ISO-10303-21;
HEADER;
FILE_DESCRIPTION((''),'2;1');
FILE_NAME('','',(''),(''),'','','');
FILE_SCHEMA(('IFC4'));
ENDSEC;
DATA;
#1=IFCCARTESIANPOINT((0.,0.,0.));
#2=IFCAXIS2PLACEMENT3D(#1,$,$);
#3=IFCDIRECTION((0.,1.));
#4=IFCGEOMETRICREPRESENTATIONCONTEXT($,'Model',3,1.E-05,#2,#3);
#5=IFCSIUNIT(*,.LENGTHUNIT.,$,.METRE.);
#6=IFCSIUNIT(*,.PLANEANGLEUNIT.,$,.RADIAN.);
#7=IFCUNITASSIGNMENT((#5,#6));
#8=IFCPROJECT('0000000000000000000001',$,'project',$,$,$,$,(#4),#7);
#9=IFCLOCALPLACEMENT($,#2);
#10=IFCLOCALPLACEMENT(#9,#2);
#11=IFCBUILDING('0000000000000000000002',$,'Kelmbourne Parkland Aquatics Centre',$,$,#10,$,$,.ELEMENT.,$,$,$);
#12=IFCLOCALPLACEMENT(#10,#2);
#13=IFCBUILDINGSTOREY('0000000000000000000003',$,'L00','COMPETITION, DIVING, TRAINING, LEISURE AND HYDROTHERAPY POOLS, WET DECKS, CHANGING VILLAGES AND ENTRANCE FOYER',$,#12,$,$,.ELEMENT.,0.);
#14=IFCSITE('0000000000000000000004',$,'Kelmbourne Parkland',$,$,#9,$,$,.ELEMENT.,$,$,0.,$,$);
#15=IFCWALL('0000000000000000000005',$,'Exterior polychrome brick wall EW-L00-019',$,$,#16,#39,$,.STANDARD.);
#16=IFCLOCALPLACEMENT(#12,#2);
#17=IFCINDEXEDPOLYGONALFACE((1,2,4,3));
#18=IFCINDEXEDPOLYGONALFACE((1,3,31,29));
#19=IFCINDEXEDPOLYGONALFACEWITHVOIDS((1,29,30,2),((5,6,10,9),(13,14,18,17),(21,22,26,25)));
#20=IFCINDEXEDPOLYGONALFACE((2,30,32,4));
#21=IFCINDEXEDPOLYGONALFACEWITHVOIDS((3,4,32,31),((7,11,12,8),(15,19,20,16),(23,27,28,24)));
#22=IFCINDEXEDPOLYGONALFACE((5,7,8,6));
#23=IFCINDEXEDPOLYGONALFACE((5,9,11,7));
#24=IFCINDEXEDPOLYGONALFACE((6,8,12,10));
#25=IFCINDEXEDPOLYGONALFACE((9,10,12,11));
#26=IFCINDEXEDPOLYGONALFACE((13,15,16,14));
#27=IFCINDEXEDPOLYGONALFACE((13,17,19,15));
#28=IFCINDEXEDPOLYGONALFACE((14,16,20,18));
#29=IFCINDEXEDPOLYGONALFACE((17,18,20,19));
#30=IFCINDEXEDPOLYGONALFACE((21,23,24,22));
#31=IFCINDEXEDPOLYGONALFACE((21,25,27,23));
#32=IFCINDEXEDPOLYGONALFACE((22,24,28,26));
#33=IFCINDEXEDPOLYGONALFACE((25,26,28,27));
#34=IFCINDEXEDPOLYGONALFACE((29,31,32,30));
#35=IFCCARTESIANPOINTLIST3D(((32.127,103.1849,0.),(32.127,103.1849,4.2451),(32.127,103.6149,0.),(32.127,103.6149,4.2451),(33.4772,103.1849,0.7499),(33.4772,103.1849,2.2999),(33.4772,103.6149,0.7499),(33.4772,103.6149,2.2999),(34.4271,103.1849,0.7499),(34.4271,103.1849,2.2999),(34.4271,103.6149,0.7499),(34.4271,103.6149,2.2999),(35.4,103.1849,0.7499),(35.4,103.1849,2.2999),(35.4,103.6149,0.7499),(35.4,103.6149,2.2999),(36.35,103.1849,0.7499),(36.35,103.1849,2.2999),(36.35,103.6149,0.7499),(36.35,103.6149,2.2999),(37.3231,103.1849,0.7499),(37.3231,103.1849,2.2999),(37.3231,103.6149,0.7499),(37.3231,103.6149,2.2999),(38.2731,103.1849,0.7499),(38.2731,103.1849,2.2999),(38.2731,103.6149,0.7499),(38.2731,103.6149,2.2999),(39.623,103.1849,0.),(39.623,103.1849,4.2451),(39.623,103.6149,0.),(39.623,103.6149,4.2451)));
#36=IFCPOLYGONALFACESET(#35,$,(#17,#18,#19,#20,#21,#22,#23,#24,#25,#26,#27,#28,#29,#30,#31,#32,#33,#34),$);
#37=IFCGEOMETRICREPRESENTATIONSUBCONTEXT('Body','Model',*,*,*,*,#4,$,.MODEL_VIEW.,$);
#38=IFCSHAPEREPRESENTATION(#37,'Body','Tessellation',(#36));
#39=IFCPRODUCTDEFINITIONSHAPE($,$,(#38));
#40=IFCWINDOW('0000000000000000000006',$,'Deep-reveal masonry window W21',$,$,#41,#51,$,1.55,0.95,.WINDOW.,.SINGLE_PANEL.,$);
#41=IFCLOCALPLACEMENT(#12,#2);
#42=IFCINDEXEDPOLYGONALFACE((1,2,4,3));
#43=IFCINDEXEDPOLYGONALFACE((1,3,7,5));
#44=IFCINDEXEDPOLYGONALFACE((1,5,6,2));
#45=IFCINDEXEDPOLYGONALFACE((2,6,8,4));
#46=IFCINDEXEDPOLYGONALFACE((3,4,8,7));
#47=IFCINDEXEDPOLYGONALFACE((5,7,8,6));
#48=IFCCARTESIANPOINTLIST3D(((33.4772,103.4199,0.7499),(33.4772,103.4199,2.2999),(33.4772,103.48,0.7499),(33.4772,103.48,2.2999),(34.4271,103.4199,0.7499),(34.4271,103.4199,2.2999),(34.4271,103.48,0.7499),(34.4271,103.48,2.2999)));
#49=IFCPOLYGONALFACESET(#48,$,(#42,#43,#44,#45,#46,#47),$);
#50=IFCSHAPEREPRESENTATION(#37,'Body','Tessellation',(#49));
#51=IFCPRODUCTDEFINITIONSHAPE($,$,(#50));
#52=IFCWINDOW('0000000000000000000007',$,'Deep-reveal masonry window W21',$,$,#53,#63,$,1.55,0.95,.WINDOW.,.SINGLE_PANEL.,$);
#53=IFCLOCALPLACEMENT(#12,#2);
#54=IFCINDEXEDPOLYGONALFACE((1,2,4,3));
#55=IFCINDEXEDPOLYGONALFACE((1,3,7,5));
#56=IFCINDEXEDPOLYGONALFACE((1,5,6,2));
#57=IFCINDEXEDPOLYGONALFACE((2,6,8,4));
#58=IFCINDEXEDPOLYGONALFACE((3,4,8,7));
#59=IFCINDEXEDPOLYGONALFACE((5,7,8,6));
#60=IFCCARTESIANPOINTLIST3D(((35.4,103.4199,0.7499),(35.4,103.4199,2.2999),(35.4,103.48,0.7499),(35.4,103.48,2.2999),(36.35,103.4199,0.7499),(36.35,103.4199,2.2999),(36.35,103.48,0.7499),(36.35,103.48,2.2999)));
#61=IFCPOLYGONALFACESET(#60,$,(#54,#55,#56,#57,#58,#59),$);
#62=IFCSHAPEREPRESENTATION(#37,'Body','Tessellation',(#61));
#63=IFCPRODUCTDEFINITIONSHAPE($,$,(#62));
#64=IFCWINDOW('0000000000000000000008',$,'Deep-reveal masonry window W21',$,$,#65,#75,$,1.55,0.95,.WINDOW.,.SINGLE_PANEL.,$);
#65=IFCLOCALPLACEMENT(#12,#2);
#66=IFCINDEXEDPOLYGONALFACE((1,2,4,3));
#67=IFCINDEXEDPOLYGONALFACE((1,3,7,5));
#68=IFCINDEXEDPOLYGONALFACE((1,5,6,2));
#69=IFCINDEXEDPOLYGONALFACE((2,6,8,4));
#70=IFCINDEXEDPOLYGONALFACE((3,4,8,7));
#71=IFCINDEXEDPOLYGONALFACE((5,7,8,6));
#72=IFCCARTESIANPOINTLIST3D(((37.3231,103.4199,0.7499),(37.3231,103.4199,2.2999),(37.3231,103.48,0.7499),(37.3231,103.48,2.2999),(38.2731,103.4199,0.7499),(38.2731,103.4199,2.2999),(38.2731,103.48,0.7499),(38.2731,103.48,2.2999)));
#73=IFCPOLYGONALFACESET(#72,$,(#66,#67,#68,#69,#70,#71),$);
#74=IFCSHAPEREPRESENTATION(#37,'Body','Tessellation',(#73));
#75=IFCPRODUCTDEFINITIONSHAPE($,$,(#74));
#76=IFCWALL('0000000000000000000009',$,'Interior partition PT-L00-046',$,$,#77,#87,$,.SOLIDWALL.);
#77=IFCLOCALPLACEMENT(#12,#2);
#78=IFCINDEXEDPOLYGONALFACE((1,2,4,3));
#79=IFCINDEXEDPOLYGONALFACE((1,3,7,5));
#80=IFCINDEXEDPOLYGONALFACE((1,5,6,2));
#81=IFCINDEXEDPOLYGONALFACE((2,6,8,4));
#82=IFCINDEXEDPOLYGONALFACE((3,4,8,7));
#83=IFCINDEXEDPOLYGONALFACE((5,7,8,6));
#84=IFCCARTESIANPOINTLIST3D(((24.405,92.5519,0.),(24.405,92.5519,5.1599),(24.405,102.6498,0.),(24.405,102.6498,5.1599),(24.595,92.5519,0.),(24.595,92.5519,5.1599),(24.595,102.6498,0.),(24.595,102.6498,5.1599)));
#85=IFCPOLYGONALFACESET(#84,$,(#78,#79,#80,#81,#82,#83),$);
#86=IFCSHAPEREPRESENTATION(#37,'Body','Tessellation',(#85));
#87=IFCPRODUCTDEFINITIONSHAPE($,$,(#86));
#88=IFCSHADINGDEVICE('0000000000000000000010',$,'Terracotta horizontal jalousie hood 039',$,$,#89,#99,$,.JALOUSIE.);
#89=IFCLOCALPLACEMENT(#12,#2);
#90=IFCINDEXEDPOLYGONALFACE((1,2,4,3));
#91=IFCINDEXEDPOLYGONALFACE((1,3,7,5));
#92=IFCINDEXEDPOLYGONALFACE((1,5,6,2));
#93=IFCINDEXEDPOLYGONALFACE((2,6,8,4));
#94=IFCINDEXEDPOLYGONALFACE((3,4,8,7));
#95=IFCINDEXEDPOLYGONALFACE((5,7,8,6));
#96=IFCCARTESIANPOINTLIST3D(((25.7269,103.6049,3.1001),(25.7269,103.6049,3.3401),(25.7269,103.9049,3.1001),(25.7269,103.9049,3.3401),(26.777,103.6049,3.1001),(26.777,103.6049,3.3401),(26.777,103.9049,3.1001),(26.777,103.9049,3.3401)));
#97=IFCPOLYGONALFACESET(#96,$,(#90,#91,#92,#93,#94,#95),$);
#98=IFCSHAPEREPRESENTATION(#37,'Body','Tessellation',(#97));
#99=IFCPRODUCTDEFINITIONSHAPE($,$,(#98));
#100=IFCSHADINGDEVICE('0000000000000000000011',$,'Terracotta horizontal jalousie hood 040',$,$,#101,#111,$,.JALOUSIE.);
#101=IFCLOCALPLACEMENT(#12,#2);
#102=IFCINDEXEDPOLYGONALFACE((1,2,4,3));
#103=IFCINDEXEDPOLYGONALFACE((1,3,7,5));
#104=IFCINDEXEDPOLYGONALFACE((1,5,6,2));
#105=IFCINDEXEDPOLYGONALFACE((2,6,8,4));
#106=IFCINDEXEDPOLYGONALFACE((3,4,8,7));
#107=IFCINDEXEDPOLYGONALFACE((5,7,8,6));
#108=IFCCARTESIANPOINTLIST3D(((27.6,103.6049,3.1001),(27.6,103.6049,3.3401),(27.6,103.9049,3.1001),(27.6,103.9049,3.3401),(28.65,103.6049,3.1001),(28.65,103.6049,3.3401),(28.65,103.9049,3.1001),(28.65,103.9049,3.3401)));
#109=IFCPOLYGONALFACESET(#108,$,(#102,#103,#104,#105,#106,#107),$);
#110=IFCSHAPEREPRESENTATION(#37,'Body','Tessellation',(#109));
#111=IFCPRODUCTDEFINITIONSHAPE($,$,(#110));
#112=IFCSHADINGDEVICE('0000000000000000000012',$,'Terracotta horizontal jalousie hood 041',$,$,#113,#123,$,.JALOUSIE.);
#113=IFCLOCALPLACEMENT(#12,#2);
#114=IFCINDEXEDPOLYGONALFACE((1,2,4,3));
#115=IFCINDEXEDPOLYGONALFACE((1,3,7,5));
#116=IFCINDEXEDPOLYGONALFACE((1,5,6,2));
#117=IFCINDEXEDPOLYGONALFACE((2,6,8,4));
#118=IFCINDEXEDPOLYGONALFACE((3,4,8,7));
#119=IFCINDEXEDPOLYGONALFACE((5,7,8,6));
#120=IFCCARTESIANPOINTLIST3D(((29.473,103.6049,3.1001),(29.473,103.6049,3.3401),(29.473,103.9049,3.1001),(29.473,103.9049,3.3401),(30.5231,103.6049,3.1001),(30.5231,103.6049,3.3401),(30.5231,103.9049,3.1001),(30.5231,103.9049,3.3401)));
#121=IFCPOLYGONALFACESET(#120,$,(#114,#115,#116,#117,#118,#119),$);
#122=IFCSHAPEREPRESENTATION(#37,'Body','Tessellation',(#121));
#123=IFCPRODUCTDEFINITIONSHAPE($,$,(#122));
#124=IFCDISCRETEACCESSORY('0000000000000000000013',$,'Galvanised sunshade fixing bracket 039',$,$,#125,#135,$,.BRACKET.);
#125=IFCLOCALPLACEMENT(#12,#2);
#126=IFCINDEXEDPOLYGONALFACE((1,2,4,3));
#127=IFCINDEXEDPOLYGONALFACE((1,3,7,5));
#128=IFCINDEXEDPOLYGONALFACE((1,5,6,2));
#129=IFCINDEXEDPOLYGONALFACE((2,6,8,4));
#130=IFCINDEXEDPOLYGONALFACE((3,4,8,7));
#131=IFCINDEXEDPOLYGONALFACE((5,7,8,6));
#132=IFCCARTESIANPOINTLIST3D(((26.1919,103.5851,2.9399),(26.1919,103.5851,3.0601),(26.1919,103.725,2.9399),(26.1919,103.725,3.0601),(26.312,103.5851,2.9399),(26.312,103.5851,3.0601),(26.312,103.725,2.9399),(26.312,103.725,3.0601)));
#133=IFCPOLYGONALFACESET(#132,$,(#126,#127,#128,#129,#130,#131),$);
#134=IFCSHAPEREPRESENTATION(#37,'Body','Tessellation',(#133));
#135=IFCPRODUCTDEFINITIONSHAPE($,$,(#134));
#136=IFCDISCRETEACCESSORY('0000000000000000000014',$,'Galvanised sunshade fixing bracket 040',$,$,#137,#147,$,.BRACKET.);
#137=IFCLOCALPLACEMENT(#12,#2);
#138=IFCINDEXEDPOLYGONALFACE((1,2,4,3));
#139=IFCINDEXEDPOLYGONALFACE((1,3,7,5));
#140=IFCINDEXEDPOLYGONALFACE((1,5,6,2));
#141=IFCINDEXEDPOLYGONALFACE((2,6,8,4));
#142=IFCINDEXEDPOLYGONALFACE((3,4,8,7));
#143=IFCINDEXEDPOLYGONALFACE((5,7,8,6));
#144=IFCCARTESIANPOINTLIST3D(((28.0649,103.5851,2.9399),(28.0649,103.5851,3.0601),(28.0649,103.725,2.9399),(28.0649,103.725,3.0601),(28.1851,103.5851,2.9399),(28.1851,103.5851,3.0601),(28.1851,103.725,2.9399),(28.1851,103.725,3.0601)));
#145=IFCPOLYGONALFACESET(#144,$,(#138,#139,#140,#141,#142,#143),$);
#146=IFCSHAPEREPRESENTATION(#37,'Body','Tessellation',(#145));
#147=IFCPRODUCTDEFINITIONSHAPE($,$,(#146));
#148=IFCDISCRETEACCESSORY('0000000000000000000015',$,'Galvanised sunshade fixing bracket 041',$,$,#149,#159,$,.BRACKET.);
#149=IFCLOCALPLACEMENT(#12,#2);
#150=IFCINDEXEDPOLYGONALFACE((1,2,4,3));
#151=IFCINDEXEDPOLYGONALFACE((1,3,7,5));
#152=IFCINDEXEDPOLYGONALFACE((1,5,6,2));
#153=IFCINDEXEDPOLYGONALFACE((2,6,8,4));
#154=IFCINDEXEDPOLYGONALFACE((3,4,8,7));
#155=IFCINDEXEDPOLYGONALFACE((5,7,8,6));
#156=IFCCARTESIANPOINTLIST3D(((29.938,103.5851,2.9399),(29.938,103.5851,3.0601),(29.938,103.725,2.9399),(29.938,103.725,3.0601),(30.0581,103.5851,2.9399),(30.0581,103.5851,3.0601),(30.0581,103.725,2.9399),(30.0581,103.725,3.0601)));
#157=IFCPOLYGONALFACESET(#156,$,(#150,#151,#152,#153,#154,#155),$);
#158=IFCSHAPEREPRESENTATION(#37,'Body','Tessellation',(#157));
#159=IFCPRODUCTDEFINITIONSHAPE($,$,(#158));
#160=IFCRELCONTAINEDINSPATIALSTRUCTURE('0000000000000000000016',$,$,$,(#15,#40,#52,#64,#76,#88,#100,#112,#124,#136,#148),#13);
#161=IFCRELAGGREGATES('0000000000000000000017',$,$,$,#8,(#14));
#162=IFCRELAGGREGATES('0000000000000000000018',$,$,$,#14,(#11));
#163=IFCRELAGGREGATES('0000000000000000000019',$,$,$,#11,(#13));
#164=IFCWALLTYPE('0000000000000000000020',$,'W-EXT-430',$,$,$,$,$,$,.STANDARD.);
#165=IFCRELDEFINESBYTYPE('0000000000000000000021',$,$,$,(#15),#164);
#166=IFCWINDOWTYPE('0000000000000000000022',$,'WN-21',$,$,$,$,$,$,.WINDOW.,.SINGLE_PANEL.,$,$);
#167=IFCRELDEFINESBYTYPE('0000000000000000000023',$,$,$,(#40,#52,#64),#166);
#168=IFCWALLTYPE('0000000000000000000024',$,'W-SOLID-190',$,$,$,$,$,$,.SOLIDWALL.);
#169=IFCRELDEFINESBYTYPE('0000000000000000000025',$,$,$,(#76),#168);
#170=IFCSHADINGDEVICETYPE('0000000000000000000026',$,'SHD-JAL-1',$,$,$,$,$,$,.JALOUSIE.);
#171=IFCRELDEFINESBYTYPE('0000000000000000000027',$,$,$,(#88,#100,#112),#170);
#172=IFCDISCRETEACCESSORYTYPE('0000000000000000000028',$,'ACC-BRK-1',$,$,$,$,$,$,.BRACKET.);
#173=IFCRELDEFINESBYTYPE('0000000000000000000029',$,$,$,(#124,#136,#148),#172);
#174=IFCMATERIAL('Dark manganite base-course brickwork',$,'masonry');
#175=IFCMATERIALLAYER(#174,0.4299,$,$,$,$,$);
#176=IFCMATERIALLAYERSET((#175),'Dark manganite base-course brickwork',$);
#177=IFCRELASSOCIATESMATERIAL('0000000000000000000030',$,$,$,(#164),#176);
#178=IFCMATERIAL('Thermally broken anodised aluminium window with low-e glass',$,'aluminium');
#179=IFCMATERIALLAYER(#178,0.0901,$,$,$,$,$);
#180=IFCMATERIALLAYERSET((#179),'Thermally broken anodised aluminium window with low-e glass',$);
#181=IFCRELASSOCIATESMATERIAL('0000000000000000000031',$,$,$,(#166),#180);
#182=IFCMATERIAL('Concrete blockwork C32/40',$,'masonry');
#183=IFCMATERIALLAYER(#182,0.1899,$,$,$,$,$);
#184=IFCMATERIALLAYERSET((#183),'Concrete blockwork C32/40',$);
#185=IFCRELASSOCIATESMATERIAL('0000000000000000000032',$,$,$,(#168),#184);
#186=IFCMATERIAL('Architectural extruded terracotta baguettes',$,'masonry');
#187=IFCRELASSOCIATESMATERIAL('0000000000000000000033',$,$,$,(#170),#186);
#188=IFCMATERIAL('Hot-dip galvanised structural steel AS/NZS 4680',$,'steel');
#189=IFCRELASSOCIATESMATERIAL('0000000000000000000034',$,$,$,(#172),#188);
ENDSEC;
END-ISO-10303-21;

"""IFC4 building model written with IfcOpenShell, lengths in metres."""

from ifc_helpers import new_model, si_unit, direction, frame, frame_2d, origin, origin_2d, place, context, subcontext, project, spatial, rectangle, extrude, material, layer, layer_set, type_object, element, fill, save


model = new_model("IFC4")

# Units and contexts
model_context = context("Model", 3, precision=1e-05, world=origin(), true_north=direction((0.0, 1.0)))
body_context = subcontext(model_context, "Body", "Model", "MODEL_VIEW")
ifc_project = project(units=[si_unit("LENGTHUNIT", "METRE"), si_unit("PLANEANGLEUNIT", "RADIAN")], contexts=[model_context])

# Site, building, storey
site_placement = place(None, origin())
site = spatial("IfcSite", under=ifc_project, at=site_placement, Name="Kelmbourne Parkland", CompositionType="ELEMENT", RefElevation=0.0)
building_placement = place(site_placement, origin())
building = spatial("IfcBuilding", under=site, at=building_placement, Name="Kelmbourne Parkland Aquatics Centre", CompositionType="ELEMENT")
storey_placement = place(building_placement, origin())
storey = spatial("IfcBuildingStorey", under=building, at=storey_placement, Name="L00", Description="COMPETITION, DIVING, TRAINING, LEISURE AND HYDROTHERAPY POOLS, WET DECKS, CHANGING VILLAGES AND ENTRANCE FOYER", CompositionType="ELEMENT", Elevation=0.0)

# Wall, openings, windows
ifc_material_1 = material(Name="Dark manganite base-course brickwork", Category="masonry")
ifc_layer_1 = layer(ifc_material_1, 0.4299)
ifc_layer_set_1 = layer_set([ifc_layer_1], Name="Dark manganite base-course brickwork")
wall_type_1 = type_object("IfcWallType", Name="W-EXT-430", PredefinedType="STANDARD", material=ifc_layer_set_1)
wall_1_placement = place(storey_placement, frame((32.127, 103.3999, 0.0), z_axis=(0.0, 0.0, 1.0), x_axis=(1.0, 0.0, 0.0)))
wall_1 = element("IfcWall", 1, at=wall_1_placement, inside=storey, type_object=wall_type_1, Name="Exterior polychrome brick wall EW-L00-019", PredefinedType="STANDARD", context=body_context, shape_type="SweptSolid", body=[
    extrude(rectangle(XDim=7.4961, YDim=0.4299, at=frame_2d((3.748, 0.0))), origin(), (0.0, 0.0, 1.0), 4.2451),
])
opening_1_placement = place(wall_1_placement, frame((1.3501, 0.0, 0.75)))
opening_1 = element("IfcOpeningElement", 2, at=opening_1_placement, cuts=wall_1, PredefinedType="OPENING", context=body_context, shape_type="SweptSolid", body=[
    extrude(rectangle(XDim=0.95, YDim=1.55, at=frame_2d((0.4751, 0.7749))), frame((0.0, 0.2271, 0.0), z_axis=(0.0, -1.0, 0.0), x_axis=(1.0, 0.0, 0.0)), (0.0, 0.0, 1.0), 0.4539),
])
opening_2_placement = place(wall_1_placement, frame((3.2729, 0.0, 0.75)))
opening_2 = element("IfcOpeningElement", 3, at=opening_2_placement, cuts=wall_1, PredefinedType="OPENING", context=body_context, shape_type="SweptSolid", body=[
    extrude(rectangle(XDim=0.95, YDim=1.55, at=frame_2d((0.4751, 0.7749))), frame((0.0, 0.2271, 0.0), z_axis=(0.0, -1.0, 0.0), x_axis=(1.0, 0.0, 0.0)), (0.0, 0.0, 1.0), 0.4539),
])
opening_3_placement = place(wall_1_placement, frame((5.196, 0.0, 0.75)))
opening_3 = element("IfcOpeningElement", 4, at=opening_3_placement, cuts=wall_1, PredefinedType="OPENING", context=body_context, shape_type="SweptSolid", body=[
    extrude(rectangle(XDim=0.95, YDim=1.55, at=frame_2d((0.4751, 0.7749))), frame((0.0, 0.2271, 0.0), z_axis=(0.0, -1.0, 0.0), x_axis=(1.0, 0.0, 0.0)), (0.0, 0.0, 1.0), 0.4539),
])
ifc_material_2 = material(Name="Thermally broken anodised aluminium window with low-e glass", Category="aluminium")
ifc_layer_2 = layer(ifc_material_2, 0.0901)
ifc_layer_set_2 = layer_set([ifc_layer_2], Name="Thermally broken anodised aluminium window with low-e glass")
window_type = type_object("IfcWindowType", Name="WN-21", PartitioningType="SINGLE_PANEL", PredefinedType="WINDOW", material=ifc_layer_set_2)
window_1_placement = place(opening_1_placement, origin())
window_1 = element("IfcWindow", 5, at=window_1_placement, inside=storey, type_object=window_type, Name="Deep-reveal masonry window W21", OverallHeight=1.55, OverallWidth=0.95, PartitioningType="SINGLE_PANEL", PredefinedType="WINDOW", context=body_context, shape_type="SweptSolid", body=[
    extrude(rectangle(XDim=0.95, YDim=1.55, at=frame_2d((0.4751, 0.7749))), frame((0.0, 0.0801, 0.0), z_axis=(0.0, -1.0, 0.0), x_axis=(1.0, 0.0, 0.0)), (0.0, 0.0, 1.0), 0.0601),
])
fill(opening_1, window_1)
window_2_placement = place(opening_2_placement, origin())
window_2 = element("IfcWindow", 6, at=window_2_placement, inside=storey, type_object=window_type, Name="Deep-reveal masonry window W21", OverallHeight=1.55, OverallWidth=0.95, PartitioningType="SINGLE_PANEL", PredefinedType="WINDOW", context=body_context, shape_type="SweptSolid", body=[
    extrude(rectangle(XDim=0.95, YDim=1.55, at=frame_2d((0.4751, 0.7749))), frame((0.0, 0.0801, 0.0), z_axis=(0.0, -1.0, 0.0), x_axis=(1.0, 0.0, 0.0)), (0.0, 0.0, 1.0), 0.0601),
])
fill(opening_2, window_2)
window_3_placement = place(opening_3_placement, origin())
window_3 = element("IfcWindow", 7, at=window_3_placement, inside=storey, type_object=window_type, Name="Deep-reveal masonry window W21", OverallHeight=1.55, OverallWidth=0.95, PartitioningType="SINGLE_PANEL", PredefinedType="WINDOW", context=body_context, shape_type="SweptSolid", body=[
    extrude(rectangle(XDim=0.95, YDim=1.55, at=frame_2d((0.4751, 0.7749))), frame((0.0, 0.0801, 0.0), z_axis=(0.0, -1.0, 0.0), x_axis=(1.0, 0.0, 0.0)), (0.0, 0.0, 1.0), 0.0601),
])
fill(opening_3, window_3)

# Wall
ifc_material_3 = material(Name="Concrete blockwork C32/40", Category="masonry")
ifc_layer_3 = layer(ifc_material_3, 0.1899)
ifc_layer_set_3 = layer_set([ifc_layer_3], Name="Concrete blockwork C32/40")
wall_type_2 = type_object("IfcWallType", Name="W-SOLID-190", PredefinedType="SOLIDWALL", material=ifc_layer_set_3)
wall_2_placement = place(storey_placement, frame((24.5, 92.552, 0.0), z_axis=(0.0, 0.0, 1.0), x_axis=(0.0, 1.0, 0.0)))
element("IfcWall", 8, at=wall_2_placement, inside=storey, type_object=wall_type_2, Name="Interior partition PT-L00-046", PredefinedType="SOLIDWALL", context=body_context, shape_type="SweptSolid", body=[
    extrude(rectangle(XDim=10.0979, YDim=0.1899, at=frame_2d((5.0488, 0.0))), origin(), (0.0, 0.0, 1.0), 5.1599),
])

# Shading devices
ifc_material_4 = material(Name="Architectural extruded terracotta baguettes", Category="masonry")
shading_device_type = type_object("IfcShadingDeviceType", Name="SHD-JAL-1", PredefinedType="JALOUSIE", material=ifc_material_4)
for number, where, z_axis, x_axis, name in (
    (9, (26.252, 103.7549, 3.1001), (0.0, 0.0, 1.0), (1.0, 0.0, 0.0), "Terracotta horizontal jalousie hood 039"),
    (10, (28.125, 103.7549, 3.1001), (0.0, 0.0, 1.0), (1.0, 0.0, 0.0), "Terracotta horizontal jalousie hood 040"),
    (11, (29.998, 103.7549, 3.1001), (0.0, 0.0, 1.0), (1.0, 0.0, 0.0), "Terracotta horizontal jalousie hood 041"),
):
    element("IfcShadingDevice", number, at=place(storey_placement, frame(where, z_axis=z_axis, x_axis=x_axis)), inside=storey, type_object=shading_device_type, Name=name, PredefinedType="JALOUSIE", context=body_context, shape_type="SweptSolid", body=[
        extrude(rectangle(XDim=1.05, YDim=0.3, at=origin_2d()), origin(), (0.0, 0.0, 1.0), 0.24),
    ])

# Discrete accessories
ifc_material_5 = material(Name="Hot-dip galvanised structural steel AS/NZS 4680", Category="steel")
discrete_accessory_type = type_object("IfcDiscreteAccessoryType", Name="ACC-BRK-1", PredefinedType="BRACKET", material=ifc_material_5)
for number, where, z_axis, x_axis, name in (
    (12, (26.252, 103.655, 2.9399), (0.0, 0.0, 1.0), (1.0, 0.0, 0.0), "Galvanised sunshade fixing bracket 039"),
    (13, (28.125, 103.655, 2.9399), (0.0, 0.0, 1.0), (1.0, 0.0, 0.0), "Galvanised sunshade fixing bracket 040"),
    (14, (29.998, 103.655, 2.9399), (0.0, 0.0, 1.0), (1.0, 0.0, 0.0), "Galvanised sunshade fixing bracket 041"),
):
    element("IfcDiscreteAccessory", number, at=place(storey_placement, frame(where, z_axis=z_axis, x_axis=x_axis)), inside=storey, type_object=discrete_accessory_type, Name=name, PredefinedType="BRACKET", context=body_context, shape_type="SweptSolid", body=[
        extrude(rectangle(XDim=0.1201, YDim=0.1399, at=origin_2d()), origin(), (0.0, 0.0, 1.0), 0.1201),
    ])

save(model, "model.ifc")
